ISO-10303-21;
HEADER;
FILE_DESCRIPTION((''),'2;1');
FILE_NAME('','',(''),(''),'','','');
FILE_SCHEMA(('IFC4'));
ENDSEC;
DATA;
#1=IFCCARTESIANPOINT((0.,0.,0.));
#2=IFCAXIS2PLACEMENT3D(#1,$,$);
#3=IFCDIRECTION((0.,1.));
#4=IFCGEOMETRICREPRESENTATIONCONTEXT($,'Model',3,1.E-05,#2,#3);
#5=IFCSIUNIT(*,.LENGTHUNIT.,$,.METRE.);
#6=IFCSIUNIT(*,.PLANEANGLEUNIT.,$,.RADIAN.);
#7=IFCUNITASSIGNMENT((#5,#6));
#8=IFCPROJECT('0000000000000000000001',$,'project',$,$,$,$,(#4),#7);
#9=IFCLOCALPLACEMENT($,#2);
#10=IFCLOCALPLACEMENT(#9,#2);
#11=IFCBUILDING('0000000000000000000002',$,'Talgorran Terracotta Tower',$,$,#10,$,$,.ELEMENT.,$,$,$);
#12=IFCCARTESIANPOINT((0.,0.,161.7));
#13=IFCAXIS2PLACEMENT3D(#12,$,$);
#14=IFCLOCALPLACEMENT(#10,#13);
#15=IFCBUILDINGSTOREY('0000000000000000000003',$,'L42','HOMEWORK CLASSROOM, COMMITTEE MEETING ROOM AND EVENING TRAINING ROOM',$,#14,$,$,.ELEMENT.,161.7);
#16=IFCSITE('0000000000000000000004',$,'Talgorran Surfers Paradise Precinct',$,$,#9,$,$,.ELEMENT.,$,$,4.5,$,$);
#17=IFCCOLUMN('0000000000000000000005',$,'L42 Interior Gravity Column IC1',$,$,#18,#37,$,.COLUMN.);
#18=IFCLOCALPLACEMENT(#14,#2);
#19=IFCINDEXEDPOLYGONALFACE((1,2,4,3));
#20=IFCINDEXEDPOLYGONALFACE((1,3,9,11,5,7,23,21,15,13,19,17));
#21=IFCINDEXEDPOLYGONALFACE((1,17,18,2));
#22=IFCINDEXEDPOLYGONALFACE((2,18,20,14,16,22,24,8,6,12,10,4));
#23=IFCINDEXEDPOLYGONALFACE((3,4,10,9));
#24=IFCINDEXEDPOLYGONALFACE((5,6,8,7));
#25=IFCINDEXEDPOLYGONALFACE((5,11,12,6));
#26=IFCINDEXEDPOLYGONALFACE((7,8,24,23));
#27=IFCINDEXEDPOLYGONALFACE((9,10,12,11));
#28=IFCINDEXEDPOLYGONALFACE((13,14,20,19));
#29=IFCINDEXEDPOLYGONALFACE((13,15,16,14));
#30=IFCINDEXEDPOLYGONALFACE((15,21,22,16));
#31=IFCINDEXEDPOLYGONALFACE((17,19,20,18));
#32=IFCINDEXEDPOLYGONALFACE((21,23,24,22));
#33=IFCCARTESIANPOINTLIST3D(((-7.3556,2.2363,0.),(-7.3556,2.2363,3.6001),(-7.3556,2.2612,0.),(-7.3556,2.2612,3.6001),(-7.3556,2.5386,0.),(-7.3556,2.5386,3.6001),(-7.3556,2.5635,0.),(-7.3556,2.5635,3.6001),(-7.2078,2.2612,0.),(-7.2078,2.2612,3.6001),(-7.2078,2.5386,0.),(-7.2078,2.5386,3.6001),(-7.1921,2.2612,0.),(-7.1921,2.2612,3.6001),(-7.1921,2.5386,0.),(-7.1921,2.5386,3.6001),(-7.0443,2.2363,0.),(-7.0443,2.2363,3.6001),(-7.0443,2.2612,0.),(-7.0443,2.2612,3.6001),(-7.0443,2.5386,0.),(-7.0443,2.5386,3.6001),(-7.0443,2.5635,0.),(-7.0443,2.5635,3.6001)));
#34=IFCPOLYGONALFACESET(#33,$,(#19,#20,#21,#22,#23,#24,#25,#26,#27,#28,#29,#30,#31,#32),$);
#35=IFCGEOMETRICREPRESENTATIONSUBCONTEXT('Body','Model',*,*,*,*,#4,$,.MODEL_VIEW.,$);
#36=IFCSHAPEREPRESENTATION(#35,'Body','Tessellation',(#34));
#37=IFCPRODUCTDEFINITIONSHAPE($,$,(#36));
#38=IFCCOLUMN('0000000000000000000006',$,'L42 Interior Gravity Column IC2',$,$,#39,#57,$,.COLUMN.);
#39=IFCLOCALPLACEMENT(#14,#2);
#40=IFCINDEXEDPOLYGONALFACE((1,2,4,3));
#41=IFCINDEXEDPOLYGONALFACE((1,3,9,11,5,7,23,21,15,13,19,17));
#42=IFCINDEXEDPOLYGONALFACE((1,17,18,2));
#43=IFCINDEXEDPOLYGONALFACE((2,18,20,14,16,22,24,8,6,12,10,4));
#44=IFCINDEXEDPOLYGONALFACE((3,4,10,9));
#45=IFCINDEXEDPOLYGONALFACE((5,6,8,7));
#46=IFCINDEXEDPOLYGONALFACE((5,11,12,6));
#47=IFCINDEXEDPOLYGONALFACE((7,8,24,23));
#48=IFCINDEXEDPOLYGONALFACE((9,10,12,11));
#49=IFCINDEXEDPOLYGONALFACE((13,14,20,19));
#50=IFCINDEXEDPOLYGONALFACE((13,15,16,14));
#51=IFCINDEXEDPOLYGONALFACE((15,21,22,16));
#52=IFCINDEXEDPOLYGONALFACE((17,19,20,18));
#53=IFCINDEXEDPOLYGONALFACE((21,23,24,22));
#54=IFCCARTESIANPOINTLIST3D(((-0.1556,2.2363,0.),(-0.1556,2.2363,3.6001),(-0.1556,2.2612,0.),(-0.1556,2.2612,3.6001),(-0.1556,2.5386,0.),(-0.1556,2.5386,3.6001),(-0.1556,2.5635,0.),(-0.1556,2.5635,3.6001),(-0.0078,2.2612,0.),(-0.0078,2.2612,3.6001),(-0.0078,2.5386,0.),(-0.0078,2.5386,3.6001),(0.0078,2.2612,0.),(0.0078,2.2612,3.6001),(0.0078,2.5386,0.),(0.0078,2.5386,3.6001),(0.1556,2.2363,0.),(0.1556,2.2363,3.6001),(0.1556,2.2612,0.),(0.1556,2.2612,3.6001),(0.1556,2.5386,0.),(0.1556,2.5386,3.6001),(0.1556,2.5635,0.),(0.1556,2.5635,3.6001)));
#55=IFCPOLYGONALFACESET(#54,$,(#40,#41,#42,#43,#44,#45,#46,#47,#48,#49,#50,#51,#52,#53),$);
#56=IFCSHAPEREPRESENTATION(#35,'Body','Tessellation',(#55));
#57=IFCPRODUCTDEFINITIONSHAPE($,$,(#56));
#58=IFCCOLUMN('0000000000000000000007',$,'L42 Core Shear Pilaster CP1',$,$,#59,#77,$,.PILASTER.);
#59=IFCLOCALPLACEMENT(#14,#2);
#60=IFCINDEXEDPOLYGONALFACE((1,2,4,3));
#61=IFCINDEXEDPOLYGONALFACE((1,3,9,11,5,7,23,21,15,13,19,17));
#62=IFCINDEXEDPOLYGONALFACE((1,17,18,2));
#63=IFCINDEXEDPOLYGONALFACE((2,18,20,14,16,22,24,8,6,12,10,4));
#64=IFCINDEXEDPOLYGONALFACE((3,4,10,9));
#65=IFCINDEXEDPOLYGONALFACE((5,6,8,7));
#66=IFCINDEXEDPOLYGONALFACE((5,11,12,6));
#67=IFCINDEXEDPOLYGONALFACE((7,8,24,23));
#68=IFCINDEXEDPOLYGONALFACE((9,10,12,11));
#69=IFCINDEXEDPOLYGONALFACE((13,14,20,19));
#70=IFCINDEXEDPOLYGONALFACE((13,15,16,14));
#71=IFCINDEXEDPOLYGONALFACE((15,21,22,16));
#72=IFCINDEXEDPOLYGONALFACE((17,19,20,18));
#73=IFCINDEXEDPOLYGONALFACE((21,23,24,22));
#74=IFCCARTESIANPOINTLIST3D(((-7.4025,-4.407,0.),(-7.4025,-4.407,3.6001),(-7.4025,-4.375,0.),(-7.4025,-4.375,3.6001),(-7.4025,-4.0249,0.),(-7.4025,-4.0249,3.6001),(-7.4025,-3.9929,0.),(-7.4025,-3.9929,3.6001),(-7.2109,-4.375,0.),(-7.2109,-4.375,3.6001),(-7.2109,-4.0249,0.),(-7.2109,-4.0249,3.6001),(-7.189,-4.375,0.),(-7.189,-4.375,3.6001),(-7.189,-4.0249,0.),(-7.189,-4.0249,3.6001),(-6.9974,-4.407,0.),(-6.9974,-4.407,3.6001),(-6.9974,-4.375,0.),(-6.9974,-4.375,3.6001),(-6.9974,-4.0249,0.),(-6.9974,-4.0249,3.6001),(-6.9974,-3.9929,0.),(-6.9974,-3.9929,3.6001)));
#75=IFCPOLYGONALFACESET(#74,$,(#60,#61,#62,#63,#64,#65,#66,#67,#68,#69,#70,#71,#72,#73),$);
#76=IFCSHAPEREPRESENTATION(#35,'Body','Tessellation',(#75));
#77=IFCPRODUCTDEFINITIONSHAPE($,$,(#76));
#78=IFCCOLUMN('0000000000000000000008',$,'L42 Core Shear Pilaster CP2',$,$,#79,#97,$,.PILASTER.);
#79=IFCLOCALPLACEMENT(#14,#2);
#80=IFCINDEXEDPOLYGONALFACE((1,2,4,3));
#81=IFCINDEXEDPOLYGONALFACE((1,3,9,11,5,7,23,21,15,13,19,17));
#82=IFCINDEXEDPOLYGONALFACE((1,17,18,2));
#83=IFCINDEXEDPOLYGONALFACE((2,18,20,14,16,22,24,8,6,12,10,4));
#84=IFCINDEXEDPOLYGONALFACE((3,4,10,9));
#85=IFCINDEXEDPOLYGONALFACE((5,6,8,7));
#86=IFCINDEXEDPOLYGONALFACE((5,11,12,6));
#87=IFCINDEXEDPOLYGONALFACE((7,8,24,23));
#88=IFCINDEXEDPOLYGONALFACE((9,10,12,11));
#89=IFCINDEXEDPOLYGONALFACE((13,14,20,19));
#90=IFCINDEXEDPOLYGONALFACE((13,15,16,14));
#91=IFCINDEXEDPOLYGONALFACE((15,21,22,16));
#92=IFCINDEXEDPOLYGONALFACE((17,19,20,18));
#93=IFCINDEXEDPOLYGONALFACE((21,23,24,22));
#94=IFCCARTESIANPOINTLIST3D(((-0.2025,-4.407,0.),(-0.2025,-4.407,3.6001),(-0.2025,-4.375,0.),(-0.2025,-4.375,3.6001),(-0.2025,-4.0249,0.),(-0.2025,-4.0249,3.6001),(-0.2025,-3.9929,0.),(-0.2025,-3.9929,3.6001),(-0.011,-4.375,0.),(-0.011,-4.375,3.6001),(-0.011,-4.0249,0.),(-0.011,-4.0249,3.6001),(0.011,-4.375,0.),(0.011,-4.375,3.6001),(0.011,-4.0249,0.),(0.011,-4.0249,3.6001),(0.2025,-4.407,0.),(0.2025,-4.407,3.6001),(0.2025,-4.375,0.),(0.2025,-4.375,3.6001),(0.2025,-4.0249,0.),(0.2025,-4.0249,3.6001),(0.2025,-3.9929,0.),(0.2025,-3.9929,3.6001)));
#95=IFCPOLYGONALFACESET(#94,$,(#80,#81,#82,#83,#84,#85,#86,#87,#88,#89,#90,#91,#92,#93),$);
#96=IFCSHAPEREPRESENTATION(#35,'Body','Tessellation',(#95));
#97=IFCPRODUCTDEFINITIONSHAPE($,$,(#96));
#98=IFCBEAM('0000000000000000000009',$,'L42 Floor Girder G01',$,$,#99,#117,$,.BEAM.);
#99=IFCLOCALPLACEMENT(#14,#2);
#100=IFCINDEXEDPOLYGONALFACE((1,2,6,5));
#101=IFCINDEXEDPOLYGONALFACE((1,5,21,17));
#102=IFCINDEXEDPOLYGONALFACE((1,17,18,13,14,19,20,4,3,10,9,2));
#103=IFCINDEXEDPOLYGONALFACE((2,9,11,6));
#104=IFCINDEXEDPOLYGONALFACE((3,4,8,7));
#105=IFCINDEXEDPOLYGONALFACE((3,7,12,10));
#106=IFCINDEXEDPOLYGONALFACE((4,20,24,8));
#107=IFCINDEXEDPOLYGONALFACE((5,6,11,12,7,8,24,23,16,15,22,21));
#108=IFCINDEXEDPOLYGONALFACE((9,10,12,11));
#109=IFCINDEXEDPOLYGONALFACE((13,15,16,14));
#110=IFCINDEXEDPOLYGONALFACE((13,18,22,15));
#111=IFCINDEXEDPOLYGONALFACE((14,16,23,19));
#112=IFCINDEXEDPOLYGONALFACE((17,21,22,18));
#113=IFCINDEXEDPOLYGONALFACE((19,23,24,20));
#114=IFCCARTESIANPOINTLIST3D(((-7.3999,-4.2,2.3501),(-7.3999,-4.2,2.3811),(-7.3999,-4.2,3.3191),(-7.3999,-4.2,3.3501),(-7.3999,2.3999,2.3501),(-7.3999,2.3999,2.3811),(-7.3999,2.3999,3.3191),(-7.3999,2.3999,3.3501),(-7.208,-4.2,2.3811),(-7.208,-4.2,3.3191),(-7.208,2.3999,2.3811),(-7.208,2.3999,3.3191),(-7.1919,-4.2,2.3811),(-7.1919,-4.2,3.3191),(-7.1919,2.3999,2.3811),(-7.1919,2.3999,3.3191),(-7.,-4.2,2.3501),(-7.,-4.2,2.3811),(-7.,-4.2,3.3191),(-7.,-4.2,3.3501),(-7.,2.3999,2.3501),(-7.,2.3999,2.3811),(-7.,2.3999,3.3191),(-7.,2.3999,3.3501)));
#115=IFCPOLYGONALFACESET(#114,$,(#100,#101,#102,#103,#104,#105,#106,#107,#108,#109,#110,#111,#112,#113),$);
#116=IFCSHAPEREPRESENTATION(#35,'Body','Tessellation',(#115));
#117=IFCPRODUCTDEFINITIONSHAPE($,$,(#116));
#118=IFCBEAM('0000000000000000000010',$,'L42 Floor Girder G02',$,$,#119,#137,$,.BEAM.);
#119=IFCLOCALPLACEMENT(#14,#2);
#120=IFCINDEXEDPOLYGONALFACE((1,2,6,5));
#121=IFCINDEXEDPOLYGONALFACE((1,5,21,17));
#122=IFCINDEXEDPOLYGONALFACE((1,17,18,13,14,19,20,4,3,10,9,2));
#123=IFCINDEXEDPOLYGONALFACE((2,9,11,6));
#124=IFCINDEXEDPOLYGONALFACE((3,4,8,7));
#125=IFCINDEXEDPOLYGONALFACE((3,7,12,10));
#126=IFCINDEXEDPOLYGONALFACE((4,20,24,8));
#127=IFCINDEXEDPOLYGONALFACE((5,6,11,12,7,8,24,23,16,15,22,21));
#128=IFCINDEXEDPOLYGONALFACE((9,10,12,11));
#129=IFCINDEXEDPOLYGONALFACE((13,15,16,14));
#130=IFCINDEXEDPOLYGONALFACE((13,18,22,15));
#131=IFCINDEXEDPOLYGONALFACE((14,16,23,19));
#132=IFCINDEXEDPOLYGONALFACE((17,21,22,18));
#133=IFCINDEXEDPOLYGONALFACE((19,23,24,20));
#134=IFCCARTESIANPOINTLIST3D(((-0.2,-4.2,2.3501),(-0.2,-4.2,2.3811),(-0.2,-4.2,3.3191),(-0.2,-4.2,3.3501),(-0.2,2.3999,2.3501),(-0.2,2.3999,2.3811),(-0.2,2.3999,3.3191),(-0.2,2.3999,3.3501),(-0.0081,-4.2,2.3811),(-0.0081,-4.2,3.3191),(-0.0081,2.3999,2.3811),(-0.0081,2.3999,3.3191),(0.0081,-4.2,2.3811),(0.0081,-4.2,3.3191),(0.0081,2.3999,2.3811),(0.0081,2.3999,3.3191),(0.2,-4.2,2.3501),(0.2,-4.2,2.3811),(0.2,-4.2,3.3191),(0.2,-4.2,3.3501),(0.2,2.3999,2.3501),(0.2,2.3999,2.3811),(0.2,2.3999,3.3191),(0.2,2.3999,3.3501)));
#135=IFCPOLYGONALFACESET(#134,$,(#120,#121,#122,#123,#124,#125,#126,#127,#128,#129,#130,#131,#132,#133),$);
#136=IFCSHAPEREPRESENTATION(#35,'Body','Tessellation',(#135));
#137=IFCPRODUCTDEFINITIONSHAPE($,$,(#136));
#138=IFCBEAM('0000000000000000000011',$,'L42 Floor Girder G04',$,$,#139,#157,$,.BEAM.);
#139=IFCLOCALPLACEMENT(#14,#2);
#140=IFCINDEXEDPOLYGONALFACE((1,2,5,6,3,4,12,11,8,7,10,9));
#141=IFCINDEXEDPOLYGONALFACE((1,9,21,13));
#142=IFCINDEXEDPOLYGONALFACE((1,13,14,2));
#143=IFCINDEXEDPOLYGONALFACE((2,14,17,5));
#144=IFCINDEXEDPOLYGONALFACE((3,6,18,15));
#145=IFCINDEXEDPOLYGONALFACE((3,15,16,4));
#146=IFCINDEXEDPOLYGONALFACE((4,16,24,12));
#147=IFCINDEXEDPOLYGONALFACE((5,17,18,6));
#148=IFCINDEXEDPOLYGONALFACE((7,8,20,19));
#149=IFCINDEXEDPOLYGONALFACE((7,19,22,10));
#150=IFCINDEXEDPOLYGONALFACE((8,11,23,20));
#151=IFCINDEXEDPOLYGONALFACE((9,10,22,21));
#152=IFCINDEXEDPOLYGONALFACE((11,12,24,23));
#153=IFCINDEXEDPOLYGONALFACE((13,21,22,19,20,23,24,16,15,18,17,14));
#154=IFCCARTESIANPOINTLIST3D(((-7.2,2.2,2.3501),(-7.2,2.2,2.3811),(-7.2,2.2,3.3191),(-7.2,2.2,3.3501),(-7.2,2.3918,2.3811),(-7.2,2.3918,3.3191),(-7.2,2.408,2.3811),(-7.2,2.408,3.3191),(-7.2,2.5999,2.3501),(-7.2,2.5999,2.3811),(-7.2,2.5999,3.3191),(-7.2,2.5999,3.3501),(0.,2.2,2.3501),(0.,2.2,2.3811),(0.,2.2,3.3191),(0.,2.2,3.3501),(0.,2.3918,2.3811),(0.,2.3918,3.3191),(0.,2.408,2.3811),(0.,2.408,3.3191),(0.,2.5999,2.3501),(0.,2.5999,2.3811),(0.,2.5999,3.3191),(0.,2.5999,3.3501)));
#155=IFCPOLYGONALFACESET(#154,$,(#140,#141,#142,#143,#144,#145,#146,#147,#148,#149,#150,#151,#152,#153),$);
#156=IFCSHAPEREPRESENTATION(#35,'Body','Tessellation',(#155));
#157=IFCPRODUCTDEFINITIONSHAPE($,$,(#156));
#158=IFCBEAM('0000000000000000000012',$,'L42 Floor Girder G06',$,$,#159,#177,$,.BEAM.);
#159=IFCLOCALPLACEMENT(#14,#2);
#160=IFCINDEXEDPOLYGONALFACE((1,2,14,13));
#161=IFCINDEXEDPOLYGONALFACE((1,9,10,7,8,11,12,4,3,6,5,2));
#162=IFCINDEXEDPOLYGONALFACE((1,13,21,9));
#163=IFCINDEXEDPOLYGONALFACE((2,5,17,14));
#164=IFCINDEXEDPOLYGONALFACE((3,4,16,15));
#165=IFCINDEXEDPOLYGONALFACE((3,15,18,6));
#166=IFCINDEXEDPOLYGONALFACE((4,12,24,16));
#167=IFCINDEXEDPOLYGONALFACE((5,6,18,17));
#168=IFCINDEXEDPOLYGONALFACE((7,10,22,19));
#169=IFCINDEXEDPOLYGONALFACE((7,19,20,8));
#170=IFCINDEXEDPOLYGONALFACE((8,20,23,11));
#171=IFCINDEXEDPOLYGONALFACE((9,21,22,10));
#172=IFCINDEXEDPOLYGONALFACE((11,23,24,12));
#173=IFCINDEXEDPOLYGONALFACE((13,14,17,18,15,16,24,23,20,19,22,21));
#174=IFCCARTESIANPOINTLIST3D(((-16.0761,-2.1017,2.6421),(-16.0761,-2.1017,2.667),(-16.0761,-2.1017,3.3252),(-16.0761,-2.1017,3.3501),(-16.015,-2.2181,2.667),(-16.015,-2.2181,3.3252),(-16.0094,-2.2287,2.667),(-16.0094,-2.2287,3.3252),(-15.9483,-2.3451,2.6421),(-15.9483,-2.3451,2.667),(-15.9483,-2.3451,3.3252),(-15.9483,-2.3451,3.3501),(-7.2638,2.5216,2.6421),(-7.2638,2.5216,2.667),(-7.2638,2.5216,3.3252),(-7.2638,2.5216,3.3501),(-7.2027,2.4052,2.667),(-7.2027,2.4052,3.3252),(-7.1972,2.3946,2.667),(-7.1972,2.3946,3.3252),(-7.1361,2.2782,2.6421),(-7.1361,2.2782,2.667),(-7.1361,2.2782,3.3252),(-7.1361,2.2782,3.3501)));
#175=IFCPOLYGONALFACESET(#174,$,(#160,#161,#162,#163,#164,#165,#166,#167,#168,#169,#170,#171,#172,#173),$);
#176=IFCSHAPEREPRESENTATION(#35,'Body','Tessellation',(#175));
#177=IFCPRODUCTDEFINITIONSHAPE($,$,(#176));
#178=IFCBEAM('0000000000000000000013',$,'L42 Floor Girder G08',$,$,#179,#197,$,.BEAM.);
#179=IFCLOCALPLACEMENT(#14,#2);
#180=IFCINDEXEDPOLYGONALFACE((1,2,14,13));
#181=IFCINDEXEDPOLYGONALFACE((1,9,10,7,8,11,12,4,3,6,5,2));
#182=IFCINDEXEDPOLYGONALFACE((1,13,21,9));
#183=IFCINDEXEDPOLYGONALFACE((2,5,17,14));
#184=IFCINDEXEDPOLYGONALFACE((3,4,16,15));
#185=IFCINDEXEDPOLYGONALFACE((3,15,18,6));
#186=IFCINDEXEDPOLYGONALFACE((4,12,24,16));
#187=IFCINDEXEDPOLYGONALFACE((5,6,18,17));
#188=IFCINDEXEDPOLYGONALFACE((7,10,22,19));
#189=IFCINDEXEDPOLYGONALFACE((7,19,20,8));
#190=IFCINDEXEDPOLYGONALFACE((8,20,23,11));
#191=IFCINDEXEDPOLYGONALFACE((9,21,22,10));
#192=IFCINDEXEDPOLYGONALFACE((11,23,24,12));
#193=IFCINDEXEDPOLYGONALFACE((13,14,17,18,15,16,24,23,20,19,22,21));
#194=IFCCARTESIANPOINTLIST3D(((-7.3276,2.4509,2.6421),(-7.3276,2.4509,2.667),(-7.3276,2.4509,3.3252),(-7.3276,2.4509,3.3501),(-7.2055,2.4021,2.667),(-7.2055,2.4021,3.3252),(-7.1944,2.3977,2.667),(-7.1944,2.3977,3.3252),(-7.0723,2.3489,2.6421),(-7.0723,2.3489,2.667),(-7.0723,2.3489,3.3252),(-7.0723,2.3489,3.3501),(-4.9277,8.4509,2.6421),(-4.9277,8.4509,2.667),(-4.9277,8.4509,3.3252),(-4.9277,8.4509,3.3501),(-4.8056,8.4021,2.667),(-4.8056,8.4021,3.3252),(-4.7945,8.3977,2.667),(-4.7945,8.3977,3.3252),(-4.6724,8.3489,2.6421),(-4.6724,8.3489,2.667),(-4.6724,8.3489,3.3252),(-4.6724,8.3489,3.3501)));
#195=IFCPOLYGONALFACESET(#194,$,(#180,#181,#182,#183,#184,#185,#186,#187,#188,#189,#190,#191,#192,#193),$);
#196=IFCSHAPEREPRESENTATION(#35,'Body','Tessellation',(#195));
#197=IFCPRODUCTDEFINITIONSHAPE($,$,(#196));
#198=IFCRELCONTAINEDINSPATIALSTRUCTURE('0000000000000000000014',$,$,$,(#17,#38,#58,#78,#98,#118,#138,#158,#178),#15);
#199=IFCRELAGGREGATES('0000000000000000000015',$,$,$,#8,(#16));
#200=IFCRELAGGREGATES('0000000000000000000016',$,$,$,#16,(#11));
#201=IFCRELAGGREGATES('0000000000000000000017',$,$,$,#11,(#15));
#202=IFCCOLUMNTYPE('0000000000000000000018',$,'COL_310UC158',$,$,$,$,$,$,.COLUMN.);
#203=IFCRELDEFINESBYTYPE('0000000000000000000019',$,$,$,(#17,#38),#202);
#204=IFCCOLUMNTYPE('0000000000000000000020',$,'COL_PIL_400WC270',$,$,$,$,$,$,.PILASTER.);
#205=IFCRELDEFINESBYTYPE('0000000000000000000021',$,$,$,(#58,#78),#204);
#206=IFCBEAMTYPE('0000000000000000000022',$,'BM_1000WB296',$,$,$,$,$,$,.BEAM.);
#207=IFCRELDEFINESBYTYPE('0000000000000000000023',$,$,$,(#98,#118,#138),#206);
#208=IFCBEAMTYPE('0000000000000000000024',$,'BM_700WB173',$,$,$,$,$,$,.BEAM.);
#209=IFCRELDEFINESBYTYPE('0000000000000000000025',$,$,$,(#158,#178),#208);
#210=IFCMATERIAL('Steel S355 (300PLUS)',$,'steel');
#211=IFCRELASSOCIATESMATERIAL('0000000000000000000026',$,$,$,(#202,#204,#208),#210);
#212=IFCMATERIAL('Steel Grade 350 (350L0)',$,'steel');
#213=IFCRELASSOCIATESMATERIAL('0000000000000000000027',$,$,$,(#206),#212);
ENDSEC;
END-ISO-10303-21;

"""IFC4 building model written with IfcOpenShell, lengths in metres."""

from ifc_helpers import new_model, si_unit, direction, frame, origin, origin_2d, place, context, subcontext, project, spatial, i_section, extrude, material, material_profile, profile_set, type_object, element, save


model = new_model("IFC4")

# Units and contexts
model_context = context("Model", 3, precision=1e-05, world=origin(), true_north=direction((0.0, 1.0)))
body_context = subcontext(model_context, "Body", "Model", "MODEL_VIEW")
ifc_project = project(units=[si_unit("LENGTHUNIT", "METRE"), si_unit("PLANEANGLEUNIT", "RADIAN")], contexts=[model_context])

# Site, building, storey
site_placement = place(None, origin())
site = spatial("IfcSite", under=ifc_project, at=site_placement, Name="Talgorran Surfers Paradise Precinct", CompositionType="ELEMENT", RefElevation=4.5)
building_placement = place(site_placement, origin())
building = spatial("IfcBuilding", under=site, at=building_placement, Name="Talgorran Terracotta Tower", CompositionType="ELEMENT")
storey_placement = place(building_placement, frame((0.0, 0.0, 161.7)))
storey = spatial("IfcBuildingStorey", under=building, at=storey_placement, Name="L42", Description="HOMEWORK CLASSROOM, COMMITTEE MEETING ROOM AND EVENING TRAINING ROOM", CompositionType="ELEMENT", Elevation=161.7)

# Columns
ifc_material_1 = material(Name="Steel S355 (300PLUS)", Category="steel")
ifc_material_profile_1 = material_profile(ifc_material_1, i_section(OverallWidth=0.3113, OverallDepth=0.3271, WebThickness=0.0156, FlangeThickness=0.0249, at=origin_2d()), Name="310UC158")
ifc_profile_set_1 = profile_set([ifc_material_profile_1], Name="Steel S355 (300PLUS)")
column_type_1 = type_object("IfcColumnType", Name="COL_310UC158", PredefinedType="COLUMN", material=ifc_profile_set_1)
for number, where, z_axis, x_axis, name in (
    (1, (-7.2, 2.3999, 0.0), (0.0, 0.0, 1.0), (1.0, 0.0, 0.0), "L42 Interior Gravity Column IC1"),
    (2, (0.0, 2.3999, 0.0), (0.0, 0.0, 1.0), (1.0, 0.0, 0.0), "L42 Interior Gravity Column IC2"),
):
    element("IfcColumn", number, at=place(storey_placement, frame(where, z_axis=z_axis, x_axis=x_axis)), inside=storey, type_object=column_type_1, Name=name, PredefinedType="COLUMN", context=body_context, shape_type="SweptSolid", body=[
        extrude(i_section(OverallWidth=0.3113, OverallDepth=0.3271, WebThickness=0.0156, FlangeThickness=0.0249, at=origin_2d()), origin(), (0.0, 0.0, 1.0), 3.6001),
    ])
ifc_material_profile_2 = material_profile(ifc_material_1, i_section(OverallWidth=0.405, OverallDepth=0.4141, WebThickness=0.022, FlangeThickness=0.032, at=origin_2d()), Name="400WC270")
ifc_profile_set_2 = profile_set([ifc_material_profile_2], Name="Steel S355 (300PLUS)")
column_type_2 = type_object("IfcColumnType", Name="COL_PIL_400WC270", PredefinedType="PILASTER", material=ifc_profile_set_2)
for number, where, z_axis, x_axis, name in (
    (3, (-7.2, -4.2, 0.0), (0.0, 0.0, 1.0), (1.0, 0.0, 0.0), "L42 Core Shear Pilaster CP1"),
    (4, (0.0, -4.2, 0.0), (0.0, 0.0, 1.0), (1.0, 0.0, 0.0), "L42 Core Shear Pilaster CP2"),
):
    element("IfcColumn", number, at=place(storey_placement, frame(where, z_axis=z_axis, x_axis=x_axis)), inside=storey, type_object=column_type_2, Name=name, PredefinedType="PILASTER", context=body_context, shape_type="SweptSolid", body=[
        extrude(i_section(OverallWidth=0.405, OverallDepth=0.4141, WebThickness=0.022, FlangeThickness=0.032, at=origin_2d()), origin(), (0.0, 0.0, 1.0), 3.6001),
    ])

# Beams
ifc_material_2 = material(Name="Steel Grade 350 (350L0)", Category="steel")
ifc_material_profile_3 = material_profile(ifc_material_2, i_section(OverallWidth=0.3999, OverallDepth=1.0, WebThickness=0.0161, FlangeThickness=0.031, at=origin_2d()), Name="1000WB296")
ifc_profile_set_3 = profile_set([ifc_material_profile_3], Name="Steel Grade 350 (350L0)")
beam_type_1 = type_object("IfcBeamType", Name="BM_1000WB296", PredefinedType="BEAM", material=ifc_profile_set_3)
for number, where, z_axis, x_axis, name in (
    (5, (-7.2, -4.2, 2.8501), (0.0, 1.0, 0.0), (-1.0, 0.0, 0.0), "L42 Floor Girder G01"),
    (6, (0.0, -4.2, 2.8501), (0.0, 1.0, 0.0), (-1.0, 0.0, 0.0), "L42 Floor Girder G02"),
):
    element("IfcBeam", number, at=place(storey_placement, frame(where, z_axis=z_axis, x_axis=x_axis)), inside=storey, type_object=beam_type_1, Name=name, PredefinedType="BEAM", context=body_context, shape_type="SweptSolid", body=[
        extrude(i_section(OverallWidth=0.3999, OverallDepth=1.0, WebThickness=0.0161, FlangeThickness=0.031, at=origin_2d()), origin(), (0.0, 0.0, 1.0), 6.5999),
    ])
beam_1_placement = place(storey_placement, frame((-7.2, 2.3999, 2.8501), z_axis=(1.0, 0.0, 0.0), x_axis=(0.0, 1.0, 0.0)))
element("IfcBeam", 7, at=beam_1_placement, inside=storey, type_object=beam_type_1, Name="L42 Floor Girder G04", PredefinedType="BEAM", context=body_context, shape_type="SweptSolid", body=[
    extrude(i_section(OverallWidth=0.3999, OverallDepth=1.0, WebThickness=0.0161, FlangeThickness=0.031, at=origin_2d()), origin(), (0.0, 0.0, 1.0), 7.2),
])
ifc_material_profile_4 = material_profile(ifc_material_1, i_section(OverallWidth=0.2749, OverallDepth=0.708, WebThickness=0.012, FlangeThickness=0.0249, at=origin_2d()), Name="700WB173")
ifc_profile_set_4 = profile_set([ifc_material_profile_4], Name="Steel S355 (300PLUS)")
beam_type_2 = type_object("IfcBeamType", Name="BM_700WB173", PredefinedType="BEAM", material=ifc_profile_set_4)
beam_2_placement = place(storey_placement, frame((-7.2, 2.3999, 2.9961), z_axis=(-0.885528, -0.464586, 0.0), x_axis=(0.464586, -0.885528, 0.0)))
element("IfcBeam", 8, at=beam_2_placement, inside=storey, type_object=beam_type_2, Name="L42 Floor Girder G06", PredefinedType="BEAM", context=body_context, shape_type="SweptSolid", body=[
    extrude(i_section(OverallWidth=0.2749, OverallDepth=0.708, WebThickness=0.012, FlangeThickness=0.0249, at=origin_2d()), origin(), (0.0, 0.0, 1.0), 9.9514),
])
beam_3_placement = place(storey_placement, frame((-7.2, 2.3999, 2.9961), z_axis=(0.371378, 0.928482, 0.0), x_axis=(-0.928482, 0.371378, 0.0)))
element("IfcBeam", 9, at=beam_3_placement, inside=storey, type_object=beam_type_2, Name="L42 Floor Girder G08", PredefinedType="BEAM", context=body_context, shape_type="SweptSolid", body=[
    extrude(i_section(OverallWidth=0.2749, OverallDepth=0.708, WebThickness=0.012, FlangeThickness=0.0249, at=origin_2d()), origin(), (0.0, 0.0, 1.0), 6.4622),
])

save(model, "model.ifc")
